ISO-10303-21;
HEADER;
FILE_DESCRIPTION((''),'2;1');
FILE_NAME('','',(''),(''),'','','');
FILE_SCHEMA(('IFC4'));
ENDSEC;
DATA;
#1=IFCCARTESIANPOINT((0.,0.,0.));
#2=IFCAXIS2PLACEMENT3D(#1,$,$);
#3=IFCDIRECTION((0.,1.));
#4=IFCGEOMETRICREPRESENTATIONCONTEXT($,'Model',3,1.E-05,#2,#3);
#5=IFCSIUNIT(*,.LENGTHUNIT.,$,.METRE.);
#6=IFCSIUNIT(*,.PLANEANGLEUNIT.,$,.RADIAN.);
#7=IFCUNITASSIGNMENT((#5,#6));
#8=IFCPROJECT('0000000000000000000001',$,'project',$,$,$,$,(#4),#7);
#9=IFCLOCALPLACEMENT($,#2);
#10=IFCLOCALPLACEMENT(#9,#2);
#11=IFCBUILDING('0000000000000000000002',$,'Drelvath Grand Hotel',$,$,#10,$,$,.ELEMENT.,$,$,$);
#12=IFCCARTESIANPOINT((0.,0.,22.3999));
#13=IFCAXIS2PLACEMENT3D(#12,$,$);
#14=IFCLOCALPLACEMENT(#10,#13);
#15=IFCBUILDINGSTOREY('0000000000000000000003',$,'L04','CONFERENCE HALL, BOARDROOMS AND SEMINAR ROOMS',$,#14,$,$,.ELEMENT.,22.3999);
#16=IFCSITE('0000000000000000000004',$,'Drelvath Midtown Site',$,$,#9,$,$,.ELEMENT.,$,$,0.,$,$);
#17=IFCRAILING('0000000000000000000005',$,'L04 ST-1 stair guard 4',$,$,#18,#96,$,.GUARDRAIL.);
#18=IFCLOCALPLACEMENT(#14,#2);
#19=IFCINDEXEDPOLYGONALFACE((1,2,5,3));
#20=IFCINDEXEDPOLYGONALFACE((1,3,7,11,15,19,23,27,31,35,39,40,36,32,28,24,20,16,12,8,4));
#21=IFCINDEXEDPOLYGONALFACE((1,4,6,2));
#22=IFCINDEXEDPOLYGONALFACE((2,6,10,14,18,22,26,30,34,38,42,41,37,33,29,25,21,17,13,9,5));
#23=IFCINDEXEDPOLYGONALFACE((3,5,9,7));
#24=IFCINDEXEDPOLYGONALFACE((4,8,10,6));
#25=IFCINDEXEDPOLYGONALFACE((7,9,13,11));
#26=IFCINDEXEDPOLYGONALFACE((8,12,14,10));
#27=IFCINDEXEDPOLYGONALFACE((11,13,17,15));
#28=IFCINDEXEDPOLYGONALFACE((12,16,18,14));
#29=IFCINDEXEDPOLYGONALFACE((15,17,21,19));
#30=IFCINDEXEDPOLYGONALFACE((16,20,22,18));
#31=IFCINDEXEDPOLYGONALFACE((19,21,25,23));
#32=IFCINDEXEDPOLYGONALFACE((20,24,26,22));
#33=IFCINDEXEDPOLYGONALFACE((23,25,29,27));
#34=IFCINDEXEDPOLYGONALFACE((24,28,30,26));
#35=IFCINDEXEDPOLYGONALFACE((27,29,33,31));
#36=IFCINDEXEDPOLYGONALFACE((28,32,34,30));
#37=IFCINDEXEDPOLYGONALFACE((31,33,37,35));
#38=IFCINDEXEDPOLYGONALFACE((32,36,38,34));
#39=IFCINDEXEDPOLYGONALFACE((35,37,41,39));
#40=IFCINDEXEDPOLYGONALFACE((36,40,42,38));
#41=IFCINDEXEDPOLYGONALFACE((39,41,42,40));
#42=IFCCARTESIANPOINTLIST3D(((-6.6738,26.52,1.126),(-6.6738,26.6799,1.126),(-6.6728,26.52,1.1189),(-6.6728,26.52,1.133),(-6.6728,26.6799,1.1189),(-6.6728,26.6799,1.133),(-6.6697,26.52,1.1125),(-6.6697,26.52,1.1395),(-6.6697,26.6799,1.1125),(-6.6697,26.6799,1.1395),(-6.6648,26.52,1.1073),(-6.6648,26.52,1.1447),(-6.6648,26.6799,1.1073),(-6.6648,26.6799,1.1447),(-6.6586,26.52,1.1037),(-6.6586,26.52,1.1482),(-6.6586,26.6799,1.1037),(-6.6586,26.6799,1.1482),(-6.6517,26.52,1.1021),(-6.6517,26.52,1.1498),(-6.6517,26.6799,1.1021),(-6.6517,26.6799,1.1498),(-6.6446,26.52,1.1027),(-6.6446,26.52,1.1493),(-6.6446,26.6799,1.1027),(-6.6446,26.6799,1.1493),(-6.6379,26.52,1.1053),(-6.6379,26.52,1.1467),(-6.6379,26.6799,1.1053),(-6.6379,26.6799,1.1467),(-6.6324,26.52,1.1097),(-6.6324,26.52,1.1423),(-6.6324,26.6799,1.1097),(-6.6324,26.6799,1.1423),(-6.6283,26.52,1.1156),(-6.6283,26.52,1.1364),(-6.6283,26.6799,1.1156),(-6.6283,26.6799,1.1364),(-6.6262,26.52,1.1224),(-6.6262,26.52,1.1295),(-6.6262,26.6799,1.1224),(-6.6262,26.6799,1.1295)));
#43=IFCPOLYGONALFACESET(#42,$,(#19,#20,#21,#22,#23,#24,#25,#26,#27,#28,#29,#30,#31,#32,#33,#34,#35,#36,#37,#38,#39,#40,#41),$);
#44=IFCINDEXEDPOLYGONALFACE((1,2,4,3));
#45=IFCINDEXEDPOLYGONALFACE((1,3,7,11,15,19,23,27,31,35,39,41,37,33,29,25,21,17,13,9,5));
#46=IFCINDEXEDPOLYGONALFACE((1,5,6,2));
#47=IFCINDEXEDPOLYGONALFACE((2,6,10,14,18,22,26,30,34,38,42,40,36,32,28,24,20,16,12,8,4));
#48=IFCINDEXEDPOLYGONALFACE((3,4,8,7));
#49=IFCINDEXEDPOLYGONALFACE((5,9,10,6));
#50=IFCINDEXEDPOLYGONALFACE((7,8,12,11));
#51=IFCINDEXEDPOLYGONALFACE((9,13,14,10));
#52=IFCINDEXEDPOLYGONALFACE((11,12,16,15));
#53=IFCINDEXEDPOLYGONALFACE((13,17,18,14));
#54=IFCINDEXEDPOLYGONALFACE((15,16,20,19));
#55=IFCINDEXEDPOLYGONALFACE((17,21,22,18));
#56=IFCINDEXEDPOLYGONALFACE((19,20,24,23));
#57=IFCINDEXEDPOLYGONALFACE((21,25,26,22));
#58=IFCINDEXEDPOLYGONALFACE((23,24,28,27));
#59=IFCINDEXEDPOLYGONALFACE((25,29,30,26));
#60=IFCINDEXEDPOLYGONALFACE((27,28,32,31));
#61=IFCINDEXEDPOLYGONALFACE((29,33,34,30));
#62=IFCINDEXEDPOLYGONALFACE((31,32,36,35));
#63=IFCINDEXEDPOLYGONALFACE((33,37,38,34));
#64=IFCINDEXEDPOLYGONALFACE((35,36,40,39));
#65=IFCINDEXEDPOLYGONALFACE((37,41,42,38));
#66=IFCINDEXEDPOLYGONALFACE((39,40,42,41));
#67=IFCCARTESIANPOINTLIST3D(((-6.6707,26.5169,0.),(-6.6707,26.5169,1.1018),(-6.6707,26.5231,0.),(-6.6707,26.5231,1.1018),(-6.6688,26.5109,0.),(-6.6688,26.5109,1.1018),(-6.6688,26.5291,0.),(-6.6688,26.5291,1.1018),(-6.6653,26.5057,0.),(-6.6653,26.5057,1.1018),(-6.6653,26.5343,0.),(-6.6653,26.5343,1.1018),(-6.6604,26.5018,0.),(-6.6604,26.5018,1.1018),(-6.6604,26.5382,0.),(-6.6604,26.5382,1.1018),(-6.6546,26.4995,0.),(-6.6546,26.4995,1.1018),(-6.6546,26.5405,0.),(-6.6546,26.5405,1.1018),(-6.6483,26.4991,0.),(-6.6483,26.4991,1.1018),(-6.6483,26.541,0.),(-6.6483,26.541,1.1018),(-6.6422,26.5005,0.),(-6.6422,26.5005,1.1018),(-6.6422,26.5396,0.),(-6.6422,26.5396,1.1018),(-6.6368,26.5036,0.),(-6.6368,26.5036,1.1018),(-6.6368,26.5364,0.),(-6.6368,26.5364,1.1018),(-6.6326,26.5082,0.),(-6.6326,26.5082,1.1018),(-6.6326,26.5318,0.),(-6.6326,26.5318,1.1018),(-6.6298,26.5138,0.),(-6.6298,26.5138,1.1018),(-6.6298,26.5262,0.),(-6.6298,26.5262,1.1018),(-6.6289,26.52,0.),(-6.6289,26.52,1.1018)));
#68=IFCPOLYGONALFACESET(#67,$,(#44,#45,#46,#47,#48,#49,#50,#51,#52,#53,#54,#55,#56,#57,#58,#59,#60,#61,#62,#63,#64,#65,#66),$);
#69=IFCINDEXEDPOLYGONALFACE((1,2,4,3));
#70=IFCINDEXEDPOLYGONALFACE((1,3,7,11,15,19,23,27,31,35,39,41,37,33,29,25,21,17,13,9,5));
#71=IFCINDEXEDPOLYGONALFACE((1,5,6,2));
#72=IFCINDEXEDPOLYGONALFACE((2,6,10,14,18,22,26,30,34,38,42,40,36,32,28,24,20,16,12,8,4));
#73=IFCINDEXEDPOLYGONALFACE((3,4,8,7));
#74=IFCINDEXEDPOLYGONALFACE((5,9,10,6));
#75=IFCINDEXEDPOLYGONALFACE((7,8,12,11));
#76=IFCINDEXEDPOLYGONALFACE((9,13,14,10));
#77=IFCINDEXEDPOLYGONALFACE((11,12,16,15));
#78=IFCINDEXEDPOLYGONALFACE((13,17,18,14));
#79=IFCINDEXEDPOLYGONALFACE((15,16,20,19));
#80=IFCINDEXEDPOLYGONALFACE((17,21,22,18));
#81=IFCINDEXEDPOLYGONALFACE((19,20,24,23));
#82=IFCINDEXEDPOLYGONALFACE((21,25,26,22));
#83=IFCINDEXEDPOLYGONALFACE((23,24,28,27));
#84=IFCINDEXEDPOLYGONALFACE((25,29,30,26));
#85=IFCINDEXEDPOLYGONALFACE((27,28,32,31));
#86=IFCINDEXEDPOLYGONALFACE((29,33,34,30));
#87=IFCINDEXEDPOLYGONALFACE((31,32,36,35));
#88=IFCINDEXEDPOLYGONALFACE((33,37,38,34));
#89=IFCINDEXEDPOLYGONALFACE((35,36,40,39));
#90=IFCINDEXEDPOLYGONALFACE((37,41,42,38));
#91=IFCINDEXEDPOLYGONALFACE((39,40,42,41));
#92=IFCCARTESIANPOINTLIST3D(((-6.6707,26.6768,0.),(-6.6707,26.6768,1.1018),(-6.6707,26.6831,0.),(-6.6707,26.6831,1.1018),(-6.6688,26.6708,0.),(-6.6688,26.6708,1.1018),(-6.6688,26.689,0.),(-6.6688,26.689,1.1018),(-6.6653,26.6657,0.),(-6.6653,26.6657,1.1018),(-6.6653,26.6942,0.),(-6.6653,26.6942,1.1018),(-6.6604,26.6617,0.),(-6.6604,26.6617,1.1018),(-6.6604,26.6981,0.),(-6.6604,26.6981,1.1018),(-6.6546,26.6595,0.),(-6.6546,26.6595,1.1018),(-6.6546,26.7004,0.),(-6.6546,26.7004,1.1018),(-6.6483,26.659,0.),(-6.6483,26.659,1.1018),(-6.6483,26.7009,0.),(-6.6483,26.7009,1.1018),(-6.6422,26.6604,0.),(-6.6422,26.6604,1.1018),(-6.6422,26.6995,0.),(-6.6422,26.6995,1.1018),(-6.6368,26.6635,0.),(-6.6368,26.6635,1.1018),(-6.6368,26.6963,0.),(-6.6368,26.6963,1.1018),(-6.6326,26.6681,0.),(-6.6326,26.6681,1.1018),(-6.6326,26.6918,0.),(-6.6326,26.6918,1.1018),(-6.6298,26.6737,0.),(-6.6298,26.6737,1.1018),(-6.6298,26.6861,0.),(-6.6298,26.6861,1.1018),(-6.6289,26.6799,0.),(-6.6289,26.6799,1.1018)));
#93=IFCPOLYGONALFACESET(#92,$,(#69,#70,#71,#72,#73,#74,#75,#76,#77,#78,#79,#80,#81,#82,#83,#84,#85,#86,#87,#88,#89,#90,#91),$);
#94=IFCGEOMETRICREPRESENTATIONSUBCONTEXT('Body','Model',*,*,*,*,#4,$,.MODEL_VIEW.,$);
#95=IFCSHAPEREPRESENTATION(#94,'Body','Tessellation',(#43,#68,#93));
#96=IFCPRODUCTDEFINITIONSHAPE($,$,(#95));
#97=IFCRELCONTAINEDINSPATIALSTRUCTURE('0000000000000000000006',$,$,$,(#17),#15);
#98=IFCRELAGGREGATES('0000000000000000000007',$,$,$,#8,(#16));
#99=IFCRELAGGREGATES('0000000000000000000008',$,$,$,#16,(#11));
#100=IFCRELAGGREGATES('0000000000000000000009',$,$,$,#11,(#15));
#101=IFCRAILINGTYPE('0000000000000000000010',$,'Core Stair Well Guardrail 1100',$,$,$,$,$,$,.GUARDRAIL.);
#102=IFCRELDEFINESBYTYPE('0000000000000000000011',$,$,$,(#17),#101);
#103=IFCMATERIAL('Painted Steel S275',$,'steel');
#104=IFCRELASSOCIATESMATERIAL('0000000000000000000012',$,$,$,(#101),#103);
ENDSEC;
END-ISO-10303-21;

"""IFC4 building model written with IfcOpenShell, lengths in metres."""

from ifc_helpers import new_model, si_unit, direction, frame, origin, origin_2d, place, context, subcontext, project, spatial, circle, extrude, material, type_object, element, save


model = new_model("IFC4")

# Units and contexts
model_context = context("Model", 3, precision=1e-05, world=origin(), true_north=direction((0.0, 1.0)))
body_context = subcontext(model_context, "Body", "Model", "MODEL_VIEW")
ifc_project = project(units=[si_unit("LENGTHUNIT", "METRE"), si_unit("PLANEANGLEUNIT", "RADIAN")], contexts=[model_context])

# Site, building, storey
site_placement = place(None, origin())
site = spatial("IfcSite", under=ifc_project, at=site_placement, Name="Drelvath Midtown Site", CompositionType="ELEMENT", RefElevation=0.0)
building_placement = place(site_placement, origin())
building = spatial("IfcBuilding", under=site, at=building_placement, Name="Drelvath Grand Hotel", CompositionType="ELEMENT")
storey_placement = place(building_placement, frame((0.0, 0.0, 22.3999)))
storey = spatial("IfcBuildingStorey", under=building, at=storey_placement, Name="L04", Description="CONFERENCE HALL, BOARDROOMS AND SEMINAR ROOMS", CompositionType="ELEMENT", Elevation=22.3999)

# Shared definitions
ifc_material_1 = material(Name="Painted Steel S275", Category="steel")

# Railing
railing_type_1 = type_object("IfcRailingType", Name="Core Stair Well Guardrail 1100", PredefinedType="GUARDRAIL", material=ifc_material_1)
railing_1_placement = place(storey_placement, frame((-6.6499, 26.52, 0.0)))
element("IfcRailing", 1, at=railing_1_placement, inside=storey, type_object=railing_type_1, Name="L04 ST-1 stair guard 4", PredefinedType="GUARDRAIL", context=body_context, shape_type="SweptSolid", body=[
    extrude(circle(Radius=0.0239, at=origin_2d()), frame((0.0, 0.0, 1.126), z_axis=(0.0, 1.0, 0.0), x_axis=(-1.0, 0.0, 0.0)), (0.0, 0.0, 1.0), 0.1599),
    extrude(circle(Radius=0.021, at=origin_2d()), origin(), (0.0, 0.0, 1.0), 1.1018),
    extrude(circle(Radius=0.021, at=origin_2d()), frame((0.0, 0.1599, 0.0)), (0.0, 0.0, 1.0), 1.1018),
])

save(model, "model.ifc")
